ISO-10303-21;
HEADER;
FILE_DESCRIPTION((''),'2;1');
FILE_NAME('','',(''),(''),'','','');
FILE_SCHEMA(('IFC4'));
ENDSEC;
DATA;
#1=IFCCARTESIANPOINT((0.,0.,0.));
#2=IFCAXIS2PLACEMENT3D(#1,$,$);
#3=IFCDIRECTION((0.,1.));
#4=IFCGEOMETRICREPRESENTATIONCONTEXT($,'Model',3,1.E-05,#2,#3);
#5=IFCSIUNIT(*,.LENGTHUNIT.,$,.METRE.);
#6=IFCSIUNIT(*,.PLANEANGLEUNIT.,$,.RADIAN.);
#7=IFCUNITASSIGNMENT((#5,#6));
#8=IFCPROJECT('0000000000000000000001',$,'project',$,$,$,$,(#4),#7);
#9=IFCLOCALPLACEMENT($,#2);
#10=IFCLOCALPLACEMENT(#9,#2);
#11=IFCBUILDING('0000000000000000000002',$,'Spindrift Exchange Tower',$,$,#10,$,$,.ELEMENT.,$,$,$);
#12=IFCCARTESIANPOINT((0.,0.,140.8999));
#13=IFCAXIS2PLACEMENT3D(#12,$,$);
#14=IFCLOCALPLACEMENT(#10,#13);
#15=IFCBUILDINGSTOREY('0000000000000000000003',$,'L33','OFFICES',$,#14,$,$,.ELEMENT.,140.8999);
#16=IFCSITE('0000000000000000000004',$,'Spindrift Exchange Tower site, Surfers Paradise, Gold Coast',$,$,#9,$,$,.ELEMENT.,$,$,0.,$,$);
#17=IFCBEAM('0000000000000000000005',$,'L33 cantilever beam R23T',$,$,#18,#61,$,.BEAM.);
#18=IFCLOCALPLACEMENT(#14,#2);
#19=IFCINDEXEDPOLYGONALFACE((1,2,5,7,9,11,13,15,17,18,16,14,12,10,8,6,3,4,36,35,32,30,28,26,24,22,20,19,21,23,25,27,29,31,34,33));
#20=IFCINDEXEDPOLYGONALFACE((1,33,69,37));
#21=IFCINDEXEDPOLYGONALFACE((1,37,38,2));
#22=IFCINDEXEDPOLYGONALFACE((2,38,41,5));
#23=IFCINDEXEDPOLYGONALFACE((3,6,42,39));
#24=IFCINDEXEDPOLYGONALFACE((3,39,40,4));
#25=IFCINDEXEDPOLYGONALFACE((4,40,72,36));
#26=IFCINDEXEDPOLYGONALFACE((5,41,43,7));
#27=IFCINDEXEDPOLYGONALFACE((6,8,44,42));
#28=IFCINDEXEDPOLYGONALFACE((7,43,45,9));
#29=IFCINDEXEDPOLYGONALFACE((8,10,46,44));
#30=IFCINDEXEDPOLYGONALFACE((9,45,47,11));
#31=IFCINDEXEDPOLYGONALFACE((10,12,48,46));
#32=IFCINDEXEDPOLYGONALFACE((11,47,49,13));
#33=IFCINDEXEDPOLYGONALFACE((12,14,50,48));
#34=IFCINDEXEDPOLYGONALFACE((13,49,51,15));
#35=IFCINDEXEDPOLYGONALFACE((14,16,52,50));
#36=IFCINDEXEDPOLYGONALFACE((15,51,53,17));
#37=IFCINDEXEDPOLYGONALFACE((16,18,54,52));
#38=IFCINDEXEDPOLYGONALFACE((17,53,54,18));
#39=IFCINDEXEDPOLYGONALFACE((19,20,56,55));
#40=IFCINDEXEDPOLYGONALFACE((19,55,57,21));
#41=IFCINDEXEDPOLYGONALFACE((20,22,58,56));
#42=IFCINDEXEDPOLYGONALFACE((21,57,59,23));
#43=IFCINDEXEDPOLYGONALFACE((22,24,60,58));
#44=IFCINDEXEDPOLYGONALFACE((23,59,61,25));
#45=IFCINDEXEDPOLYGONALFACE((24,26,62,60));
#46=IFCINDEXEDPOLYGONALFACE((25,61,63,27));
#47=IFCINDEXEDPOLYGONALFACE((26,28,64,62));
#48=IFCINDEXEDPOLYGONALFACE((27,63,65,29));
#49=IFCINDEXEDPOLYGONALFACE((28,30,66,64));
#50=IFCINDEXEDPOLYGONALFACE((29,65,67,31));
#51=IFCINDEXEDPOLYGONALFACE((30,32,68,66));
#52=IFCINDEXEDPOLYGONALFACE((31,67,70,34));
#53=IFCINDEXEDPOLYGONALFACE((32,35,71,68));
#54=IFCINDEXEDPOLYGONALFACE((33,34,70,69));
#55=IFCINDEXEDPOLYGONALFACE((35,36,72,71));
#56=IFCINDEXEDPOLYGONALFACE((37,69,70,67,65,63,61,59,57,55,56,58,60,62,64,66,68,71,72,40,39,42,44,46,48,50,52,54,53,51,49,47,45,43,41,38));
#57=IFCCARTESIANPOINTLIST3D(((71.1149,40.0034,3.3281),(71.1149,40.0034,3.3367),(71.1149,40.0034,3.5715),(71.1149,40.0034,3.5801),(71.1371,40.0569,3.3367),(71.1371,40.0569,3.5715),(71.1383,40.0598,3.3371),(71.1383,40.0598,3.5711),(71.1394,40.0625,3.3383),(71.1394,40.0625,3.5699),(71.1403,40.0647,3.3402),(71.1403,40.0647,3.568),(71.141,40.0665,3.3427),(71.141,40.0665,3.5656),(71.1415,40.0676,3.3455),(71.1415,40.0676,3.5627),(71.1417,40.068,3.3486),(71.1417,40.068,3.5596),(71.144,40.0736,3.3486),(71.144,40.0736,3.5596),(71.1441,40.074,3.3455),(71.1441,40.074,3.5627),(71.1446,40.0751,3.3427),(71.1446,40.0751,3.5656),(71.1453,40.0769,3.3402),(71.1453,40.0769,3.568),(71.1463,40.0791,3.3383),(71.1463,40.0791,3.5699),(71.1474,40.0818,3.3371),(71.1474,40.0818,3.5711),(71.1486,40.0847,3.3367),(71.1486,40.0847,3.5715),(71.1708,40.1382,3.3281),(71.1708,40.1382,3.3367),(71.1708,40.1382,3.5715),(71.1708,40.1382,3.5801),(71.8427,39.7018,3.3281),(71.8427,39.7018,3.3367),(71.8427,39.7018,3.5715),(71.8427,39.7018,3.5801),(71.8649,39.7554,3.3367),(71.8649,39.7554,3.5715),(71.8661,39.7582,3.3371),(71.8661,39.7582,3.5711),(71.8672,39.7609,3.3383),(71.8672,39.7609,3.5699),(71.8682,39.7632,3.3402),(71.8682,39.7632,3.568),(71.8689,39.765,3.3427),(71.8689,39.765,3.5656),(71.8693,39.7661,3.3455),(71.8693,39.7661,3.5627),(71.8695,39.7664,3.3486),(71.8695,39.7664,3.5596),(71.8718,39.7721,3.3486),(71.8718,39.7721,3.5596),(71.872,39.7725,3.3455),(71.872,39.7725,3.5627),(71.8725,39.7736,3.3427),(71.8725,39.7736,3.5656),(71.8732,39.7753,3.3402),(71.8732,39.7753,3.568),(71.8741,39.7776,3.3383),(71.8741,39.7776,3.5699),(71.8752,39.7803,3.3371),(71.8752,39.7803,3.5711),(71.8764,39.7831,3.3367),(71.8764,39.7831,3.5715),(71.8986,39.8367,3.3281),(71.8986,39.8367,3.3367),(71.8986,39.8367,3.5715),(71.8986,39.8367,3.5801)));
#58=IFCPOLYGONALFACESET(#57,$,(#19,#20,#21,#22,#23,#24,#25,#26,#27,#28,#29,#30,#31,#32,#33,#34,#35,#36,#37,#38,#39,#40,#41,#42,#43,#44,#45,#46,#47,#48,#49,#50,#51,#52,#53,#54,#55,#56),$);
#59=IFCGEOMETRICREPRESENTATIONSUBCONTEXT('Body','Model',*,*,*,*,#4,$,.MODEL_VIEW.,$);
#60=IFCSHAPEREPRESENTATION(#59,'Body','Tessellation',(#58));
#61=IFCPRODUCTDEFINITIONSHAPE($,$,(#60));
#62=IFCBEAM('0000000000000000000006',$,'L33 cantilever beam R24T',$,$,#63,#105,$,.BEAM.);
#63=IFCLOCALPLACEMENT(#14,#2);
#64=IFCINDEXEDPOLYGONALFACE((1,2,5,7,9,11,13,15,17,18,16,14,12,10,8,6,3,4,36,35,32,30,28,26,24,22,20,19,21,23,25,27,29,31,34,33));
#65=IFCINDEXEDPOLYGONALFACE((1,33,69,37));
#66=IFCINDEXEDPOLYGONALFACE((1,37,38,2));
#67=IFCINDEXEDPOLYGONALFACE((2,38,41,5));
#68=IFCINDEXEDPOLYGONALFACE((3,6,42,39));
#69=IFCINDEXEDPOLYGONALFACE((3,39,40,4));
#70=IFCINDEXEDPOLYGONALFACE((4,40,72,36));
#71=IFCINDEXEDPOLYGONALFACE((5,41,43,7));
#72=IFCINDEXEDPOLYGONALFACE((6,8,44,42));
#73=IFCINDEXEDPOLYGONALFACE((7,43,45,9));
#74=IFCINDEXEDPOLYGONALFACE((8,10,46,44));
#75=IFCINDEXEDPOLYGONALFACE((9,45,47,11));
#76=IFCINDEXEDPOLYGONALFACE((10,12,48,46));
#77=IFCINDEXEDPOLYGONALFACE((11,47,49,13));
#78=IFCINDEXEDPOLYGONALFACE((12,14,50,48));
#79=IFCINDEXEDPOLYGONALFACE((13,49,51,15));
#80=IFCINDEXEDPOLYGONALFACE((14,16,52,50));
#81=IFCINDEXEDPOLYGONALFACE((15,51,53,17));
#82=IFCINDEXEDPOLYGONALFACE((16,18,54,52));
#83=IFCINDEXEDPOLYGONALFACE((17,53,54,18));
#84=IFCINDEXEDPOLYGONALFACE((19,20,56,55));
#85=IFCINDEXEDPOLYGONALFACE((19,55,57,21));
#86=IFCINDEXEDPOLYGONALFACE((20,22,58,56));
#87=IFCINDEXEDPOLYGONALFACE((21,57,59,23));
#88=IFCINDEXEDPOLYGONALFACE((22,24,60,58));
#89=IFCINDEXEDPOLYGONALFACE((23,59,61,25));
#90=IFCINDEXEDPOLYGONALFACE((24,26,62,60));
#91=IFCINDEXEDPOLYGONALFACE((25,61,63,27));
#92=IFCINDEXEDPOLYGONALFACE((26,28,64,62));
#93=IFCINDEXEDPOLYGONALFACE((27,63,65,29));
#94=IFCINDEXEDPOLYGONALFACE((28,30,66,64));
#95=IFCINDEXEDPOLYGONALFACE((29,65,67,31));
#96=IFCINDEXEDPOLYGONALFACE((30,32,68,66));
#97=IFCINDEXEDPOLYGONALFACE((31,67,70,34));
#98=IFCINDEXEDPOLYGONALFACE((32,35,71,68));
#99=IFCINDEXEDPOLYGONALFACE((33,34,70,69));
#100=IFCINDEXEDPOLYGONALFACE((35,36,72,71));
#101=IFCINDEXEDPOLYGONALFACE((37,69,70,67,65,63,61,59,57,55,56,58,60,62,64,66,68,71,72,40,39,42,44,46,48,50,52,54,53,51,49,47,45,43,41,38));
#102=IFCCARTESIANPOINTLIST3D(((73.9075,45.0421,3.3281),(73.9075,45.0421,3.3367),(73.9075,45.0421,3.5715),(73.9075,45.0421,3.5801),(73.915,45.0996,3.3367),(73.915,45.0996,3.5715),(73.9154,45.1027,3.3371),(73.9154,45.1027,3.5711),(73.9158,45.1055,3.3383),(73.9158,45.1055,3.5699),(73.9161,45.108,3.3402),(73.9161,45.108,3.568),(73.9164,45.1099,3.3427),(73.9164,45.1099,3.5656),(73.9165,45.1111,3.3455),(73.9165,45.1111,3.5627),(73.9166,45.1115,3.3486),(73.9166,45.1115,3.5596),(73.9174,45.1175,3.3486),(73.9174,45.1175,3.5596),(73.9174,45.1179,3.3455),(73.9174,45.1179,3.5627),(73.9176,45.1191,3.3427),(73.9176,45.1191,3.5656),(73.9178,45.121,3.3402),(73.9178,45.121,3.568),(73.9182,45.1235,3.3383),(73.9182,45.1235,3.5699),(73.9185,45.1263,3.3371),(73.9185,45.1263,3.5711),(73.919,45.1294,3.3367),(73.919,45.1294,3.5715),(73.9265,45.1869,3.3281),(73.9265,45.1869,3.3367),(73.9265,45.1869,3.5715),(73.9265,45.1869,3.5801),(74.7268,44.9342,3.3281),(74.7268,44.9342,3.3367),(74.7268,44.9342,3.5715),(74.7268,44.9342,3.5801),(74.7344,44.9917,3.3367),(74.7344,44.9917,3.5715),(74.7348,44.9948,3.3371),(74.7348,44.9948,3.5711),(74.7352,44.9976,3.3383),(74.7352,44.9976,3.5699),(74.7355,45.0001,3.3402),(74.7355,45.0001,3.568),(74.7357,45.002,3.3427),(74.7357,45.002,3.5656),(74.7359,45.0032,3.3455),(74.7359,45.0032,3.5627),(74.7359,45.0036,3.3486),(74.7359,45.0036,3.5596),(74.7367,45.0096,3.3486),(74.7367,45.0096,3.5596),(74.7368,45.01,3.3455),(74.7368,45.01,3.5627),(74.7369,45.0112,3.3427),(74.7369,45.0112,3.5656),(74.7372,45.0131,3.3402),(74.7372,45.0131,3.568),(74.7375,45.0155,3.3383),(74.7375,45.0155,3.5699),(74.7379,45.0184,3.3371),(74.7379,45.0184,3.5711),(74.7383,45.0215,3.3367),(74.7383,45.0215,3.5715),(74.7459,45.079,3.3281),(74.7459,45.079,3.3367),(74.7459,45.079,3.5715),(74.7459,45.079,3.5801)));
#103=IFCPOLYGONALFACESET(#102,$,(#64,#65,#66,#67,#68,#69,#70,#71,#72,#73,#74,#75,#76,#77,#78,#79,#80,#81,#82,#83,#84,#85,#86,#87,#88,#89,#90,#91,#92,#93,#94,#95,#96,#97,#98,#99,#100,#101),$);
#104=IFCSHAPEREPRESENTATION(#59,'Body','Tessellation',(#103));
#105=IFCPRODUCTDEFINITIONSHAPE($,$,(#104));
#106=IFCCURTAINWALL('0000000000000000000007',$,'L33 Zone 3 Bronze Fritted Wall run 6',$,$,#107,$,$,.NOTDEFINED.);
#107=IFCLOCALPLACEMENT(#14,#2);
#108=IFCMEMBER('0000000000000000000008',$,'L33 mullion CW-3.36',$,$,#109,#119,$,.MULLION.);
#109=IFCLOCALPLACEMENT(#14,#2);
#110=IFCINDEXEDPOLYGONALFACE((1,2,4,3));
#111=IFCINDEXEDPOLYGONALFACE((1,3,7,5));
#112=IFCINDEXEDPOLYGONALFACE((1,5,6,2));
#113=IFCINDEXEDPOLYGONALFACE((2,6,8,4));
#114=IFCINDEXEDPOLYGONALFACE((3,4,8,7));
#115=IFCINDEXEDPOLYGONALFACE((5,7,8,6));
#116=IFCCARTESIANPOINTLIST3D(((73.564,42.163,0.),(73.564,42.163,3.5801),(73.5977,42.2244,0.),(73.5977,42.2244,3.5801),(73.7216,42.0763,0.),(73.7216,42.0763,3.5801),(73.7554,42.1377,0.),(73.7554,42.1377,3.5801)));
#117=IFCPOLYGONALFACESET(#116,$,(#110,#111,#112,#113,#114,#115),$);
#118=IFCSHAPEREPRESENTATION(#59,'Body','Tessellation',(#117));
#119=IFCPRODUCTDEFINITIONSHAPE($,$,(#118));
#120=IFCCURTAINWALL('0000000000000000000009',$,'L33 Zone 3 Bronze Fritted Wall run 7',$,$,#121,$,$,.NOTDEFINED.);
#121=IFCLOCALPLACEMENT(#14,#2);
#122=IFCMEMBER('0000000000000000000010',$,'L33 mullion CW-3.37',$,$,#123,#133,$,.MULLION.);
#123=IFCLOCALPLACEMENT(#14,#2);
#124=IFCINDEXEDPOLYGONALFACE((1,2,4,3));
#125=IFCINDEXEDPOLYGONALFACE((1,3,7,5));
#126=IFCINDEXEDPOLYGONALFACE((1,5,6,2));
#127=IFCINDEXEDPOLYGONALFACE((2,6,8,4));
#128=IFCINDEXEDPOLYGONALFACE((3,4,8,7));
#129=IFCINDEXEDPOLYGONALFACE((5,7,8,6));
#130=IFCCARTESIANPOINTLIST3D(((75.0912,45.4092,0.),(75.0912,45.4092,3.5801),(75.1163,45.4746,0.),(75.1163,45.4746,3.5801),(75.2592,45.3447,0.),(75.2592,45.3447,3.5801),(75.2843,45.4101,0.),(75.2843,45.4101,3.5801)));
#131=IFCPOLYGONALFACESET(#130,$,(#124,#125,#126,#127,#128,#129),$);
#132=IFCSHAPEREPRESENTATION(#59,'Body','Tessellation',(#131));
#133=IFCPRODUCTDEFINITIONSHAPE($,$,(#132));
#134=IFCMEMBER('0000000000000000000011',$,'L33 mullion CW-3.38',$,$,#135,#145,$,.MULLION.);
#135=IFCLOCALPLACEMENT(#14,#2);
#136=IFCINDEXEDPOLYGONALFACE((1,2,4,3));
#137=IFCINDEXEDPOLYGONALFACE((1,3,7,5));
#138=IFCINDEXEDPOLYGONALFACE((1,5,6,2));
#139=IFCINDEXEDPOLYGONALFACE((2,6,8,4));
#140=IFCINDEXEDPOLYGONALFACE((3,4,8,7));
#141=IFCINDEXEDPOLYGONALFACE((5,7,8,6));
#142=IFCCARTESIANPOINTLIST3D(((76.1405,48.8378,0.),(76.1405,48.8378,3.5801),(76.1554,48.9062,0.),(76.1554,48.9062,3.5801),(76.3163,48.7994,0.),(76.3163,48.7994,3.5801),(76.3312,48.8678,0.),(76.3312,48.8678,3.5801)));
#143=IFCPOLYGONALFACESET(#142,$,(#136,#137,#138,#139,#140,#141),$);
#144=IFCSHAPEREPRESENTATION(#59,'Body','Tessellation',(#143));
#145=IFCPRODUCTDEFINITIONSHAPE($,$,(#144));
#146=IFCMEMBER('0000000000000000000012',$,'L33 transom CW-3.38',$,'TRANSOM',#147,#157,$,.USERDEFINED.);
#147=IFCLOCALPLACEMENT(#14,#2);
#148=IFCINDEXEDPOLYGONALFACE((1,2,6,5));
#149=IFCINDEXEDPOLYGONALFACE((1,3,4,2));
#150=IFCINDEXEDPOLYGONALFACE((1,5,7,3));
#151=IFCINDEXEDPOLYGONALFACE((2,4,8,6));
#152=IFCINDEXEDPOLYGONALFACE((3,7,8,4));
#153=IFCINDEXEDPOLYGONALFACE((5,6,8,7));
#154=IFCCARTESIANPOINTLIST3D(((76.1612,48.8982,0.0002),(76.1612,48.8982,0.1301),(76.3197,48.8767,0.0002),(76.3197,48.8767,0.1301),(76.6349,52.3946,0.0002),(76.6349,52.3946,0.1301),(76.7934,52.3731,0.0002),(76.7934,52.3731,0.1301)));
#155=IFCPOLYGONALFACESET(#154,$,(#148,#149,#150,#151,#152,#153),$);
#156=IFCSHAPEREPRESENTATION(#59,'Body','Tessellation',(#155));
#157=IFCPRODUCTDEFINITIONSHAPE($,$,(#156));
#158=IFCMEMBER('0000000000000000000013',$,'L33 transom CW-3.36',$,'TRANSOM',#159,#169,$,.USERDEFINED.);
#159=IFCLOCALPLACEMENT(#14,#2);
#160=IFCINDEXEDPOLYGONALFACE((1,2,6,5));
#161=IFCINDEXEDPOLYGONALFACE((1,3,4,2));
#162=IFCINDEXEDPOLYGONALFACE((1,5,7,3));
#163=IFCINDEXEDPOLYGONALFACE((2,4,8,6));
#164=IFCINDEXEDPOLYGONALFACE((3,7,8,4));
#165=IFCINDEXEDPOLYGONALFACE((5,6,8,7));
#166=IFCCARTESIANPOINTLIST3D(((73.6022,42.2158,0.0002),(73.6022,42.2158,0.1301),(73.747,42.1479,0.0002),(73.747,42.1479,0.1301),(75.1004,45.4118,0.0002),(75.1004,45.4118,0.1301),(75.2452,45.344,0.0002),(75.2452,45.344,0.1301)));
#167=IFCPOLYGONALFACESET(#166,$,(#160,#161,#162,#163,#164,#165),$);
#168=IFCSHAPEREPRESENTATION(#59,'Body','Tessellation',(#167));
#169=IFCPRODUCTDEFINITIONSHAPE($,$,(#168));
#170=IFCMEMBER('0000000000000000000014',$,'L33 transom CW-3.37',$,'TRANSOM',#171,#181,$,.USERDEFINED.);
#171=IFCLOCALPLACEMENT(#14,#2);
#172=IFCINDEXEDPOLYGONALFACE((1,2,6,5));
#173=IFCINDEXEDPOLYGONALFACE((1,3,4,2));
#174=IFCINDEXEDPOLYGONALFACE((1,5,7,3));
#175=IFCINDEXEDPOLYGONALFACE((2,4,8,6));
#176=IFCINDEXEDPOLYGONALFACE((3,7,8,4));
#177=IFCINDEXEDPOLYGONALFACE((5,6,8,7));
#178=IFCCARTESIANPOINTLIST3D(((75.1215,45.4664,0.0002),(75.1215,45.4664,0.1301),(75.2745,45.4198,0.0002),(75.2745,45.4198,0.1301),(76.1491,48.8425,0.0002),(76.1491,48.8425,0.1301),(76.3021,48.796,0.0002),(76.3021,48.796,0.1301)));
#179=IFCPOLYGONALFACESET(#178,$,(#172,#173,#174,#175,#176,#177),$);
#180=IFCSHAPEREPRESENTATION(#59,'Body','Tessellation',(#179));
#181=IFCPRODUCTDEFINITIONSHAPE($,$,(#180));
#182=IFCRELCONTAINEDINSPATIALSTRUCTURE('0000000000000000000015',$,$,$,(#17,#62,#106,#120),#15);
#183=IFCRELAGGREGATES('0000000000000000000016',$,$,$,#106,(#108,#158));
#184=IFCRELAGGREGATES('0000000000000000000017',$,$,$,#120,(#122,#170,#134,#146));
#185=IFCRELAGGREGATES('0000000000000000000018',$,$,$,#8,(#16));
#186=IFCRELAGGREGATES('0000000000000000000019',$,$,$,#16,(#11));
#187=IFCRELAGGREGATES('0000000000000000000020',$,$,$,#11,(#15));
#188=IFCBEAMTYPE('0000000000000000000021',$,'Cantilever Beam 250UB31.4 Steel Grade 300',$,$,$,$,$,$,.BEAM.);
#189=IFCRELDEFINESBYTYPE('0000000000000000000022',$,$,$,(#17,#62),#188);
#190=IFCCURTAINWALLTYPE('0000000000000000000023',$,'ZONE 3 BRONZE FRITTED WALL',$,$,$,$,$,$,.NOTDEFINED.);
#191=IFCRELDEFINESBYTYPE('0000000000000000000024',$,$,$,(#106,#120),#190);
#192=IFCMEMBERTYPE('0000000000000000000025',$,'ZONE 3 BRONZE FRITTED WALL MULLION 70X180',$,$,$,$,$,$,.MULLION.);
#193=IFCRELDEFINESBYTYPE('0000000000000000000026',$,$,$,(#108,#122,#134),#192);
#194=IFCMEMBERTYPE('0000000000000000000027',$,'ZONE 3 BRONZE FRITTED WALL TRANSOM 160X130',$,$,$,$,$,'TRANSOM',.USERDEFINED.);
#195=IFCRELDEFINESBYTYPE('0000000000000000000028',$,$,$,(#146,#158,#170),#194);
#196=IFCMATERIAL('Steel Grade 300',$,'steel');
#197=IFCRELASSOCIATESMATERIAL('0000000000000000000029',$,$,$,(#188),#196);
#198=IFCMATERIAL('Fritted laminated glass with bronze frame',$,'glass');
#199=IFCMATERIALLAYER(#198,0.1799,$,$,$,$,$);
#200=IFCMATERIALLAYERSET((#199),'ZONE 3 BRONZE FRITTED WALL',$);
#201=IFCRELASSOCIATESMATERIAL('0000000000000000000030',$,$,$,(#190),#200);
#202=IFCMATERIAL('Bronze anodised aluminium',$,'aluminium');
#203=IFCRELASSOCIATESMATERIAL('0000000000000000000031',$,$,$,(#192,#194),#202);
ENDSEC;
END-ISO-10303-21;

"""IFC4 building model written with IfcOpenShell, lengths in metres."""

from ifc_helpers import new_model, si_unit, direction, frame, origin, origin_2d, place, context, subcontext, project, spatial, rectangle, i_section, extrude, source, transform, mapped, material, layer, layer_set, material_profile, profile_set, type_object, element, aggregate, save


model = new_model("IFC4")

# Units and contexts
model_context = context("Model", 3, precision=1e-05, world=origin(), true_north=direction((0.0, 1.0)))
body_context = subcontext(model_context, "Body", "Model", "MODEL_VIEW")
ifc_project = project(units=[si_unit("LENGTHUNIT", "METRE"), si_unit("PLANEANGLEUNIT", "RADIAN")], contexts=[model_context])

# Site, building, storey
site_placement = place(None, origin())
site = spatial("IfcSite", under=ifc_project, at=site_placement, Name="Spindrift Exchange Tower site, Surfers Paradise, Gold Coast", CompositionType="ELEMENT", RefElevation=0.0)
building_placement = place(site_placement, origin())
building = spatial("IfcBuilding", under=site, at=building_placement, Name="Spindrift Exchange Tower", CompositionType="ELEMENT")
storey_placement = place(building_placement, frame((0.0, 0.0, 140.8999)))
storey = spatial("IfcBuildingStorey", under=building, at=storey_placement, Name="L33", Description="OFFICES", CompositionType="ELEMENT", Elevation=140.8999)

# Beams
ifc_material_1 = material(Name="Steel Grade 300", Category="steel")
ifc_material_profile_1 = material_profile(ifc_material_1, i_section(OverallWidth=0.146, OverallDepth=0.252, WebThickness=0.0061, FlangeThickness=0.0085, FilletRadius=0.012, at=origin_2d()), Name="250UB31.4")
ifc_profile_set_1 = profile_set([ifc_material_profile_1], Name="Steel Grade 300")
beam_type_1 = type_object("IfcBeamType", Name="Cantilever Beam 250UB31.4 Steel Grade 300", PredefinedType="BEAM", material=ifc_profile_set_1)
shared_shape_1 = source(origin(), body_context, "Body", "SweptSolid", [
    extrude(i_section(OverallWidth=0.146, OverallDepth=0.252, WebThickness=0.0061, FlangeThickness=0.0085, FilletRadius=0.012, at=origin_2d()), origin(), (0.0, 0.0, 1.0), 0.7878),
])
beam_1_placement = place(storey_placement, frame((71.1428, 40.0708, 3.4541), z_axis=(0.923854, -0.382744, 0.0), x_axis=(0.382744, 0.923854, 0.0)))
element("IfcBeam", 1, at=beam_1_placement, inside=storey, type_object=beam_type_1, Name="L33 cantilever beam R23T", PredefinedType="BEAM", context=body_context, shape_type="MappedRepresentation", body=[
    mapped(shared_shape_1, transform((0.0, 0.0, 0.0), scale=1.0)),
])
shared_shape_2 = source(origin(), body_context, "Body", "SweptSolid", [
    extrude(i_section(OverallWidth=0.146, OverallDepth=0.252, WebThickness=0.0061, FlangeThickness=0.0085, FilletRadius=0.012, at=origin_2d()), origin(), (0.0, 0.0, 1.0), 0.8264),
])
beam_2_placement = place(storey_placement, frame((73.917, 45.1145, 3.4541), z_axis=(0.991438, -0.130577, 0.0), x_axis=(0.130577, 0.991438, 0.0)))
element("IfcBeam", 2, at=beam_2_placement, inside=storey, type_object=beam_type_1, Name="L33 cantilever beam R24T", PredefinedType="BEAM", context=body_context, shape_type="MappedRepresentation", body=[
    mapped(shared_shape_2, transform((0.0, 0.0, 0.0), scale=1.0)),
])

# Curtain wall, member
ifc_material_2 = material(Name="Fritted laminated glass with bronze frame", Category="glass")
ifc_layer_1 = layer(ifc_material_2, 0.1799)
ifc_layer_set_1 = layer_set([ifc_layer_1], Name="ZONE 3 BRONZE FRITTED WALL")
curtain_wall_type = type_object("IfcCurtainWallType", Name="ZONE 3 BRONZE FRITTED WALL", PredefinedType="NOTDEFINED", material=ifc_layer_set_1)
curtain_wall_1_placement = place(storey_placement, origin())
curtain_wall_1 = element("IfcCurtainWall", 3, at=curtain_wall_1_placement, inside=storey, type_object=curtain_wall_type, Name="L33 Zone 3 Bronze Fritted Wall run 6", PredefinedType="NOTDEFINED")
ifc_material_3 = material(Name="Bronze anodised aluminium", Category="aluminium")
ifc_material_profile_2 = material_profile(ifc_material_3, rectangle(XDim=0.0701, YDim=0.1799, at=origin_2d()), Name="ZONE 3 BRONZE FRITTED WALL MULLION 70X180")
ifc_profile_set_2 = profile_set([ifc_material_profile_2], Name="Bronze anodised aluminium")
member_type_1 = type_object("IfcMemberType", Name="ZONE 3 BRONZE FRITTED WALL MULLION 70X180", PredefinedType="MULLION", material=ifc_profile_set_2)
shared_shape_3 = source(origin(), body_context, "Body", "SweptSolid", [
    extrude(rectangle(XDim=0.0701, YDim=0.1799, at=origin_2d()), origin(), (0.0, 0.0, 1.0), 3.5801),
])
member_1_placement = place(storey_placement, frame((73.6597, 42.1504, 0.0), z_axis=(0.0, 0.0, 1.0), x_axis=(0.481845, 0.876257, 0.0)))
member_1 = element("IfcMember", 4, at=member_1_placement, type_object=member_type_1, Name="L33 mullion CW-3.36", PredefinedType="MULLION", context=body_context, shape_type="MappedRepresentation", body=[
    mapped(shared_shape_3, transform((0.0, 0.0, 0.0), scale=1.0)),
])

# Curtain wall, members
curtain_wall_2_placement = place(storey_placement, origin())
curtain_wall_2 = element("IfcCurtainWall", 5, at=curtain_wall_2_placement, inside=storey, type_object=curtain_wall_type, Name="L33 Zone 3 Bronze Fritted Wall run 7", PredefinedType="NOTDEFINED")
member_2_placement = place(storey_placement, frame((75.1877, 45.4097, 0.0), z_axis=(0.0, 0.0, 1.0), x_axis=(0.35878, 0.933422, 0.0)))
member_2 = element("IfcMember", 6, at=member_2_placement, type_object=member_type_1, Name="L33 mullion CW-3.37", PredefinedType="MULLION", context=body_context, shape_type="MappedRepresentation", body=[
    mapped(shared_shape_3, transform((0.0, 0.0, 0.0), scale=1.0)),
])
member_3_placement = place(storey_placement, frame((76.2358, 48.8528, 0.0), z_axis=(0.0, 0.0, 1.0), x_axis=(0.2134, 0.976965, 0.0)))
member_3 = element("IfcMember", 7, at=member_3_placement, type_object=member_type_1, Name="L33 mullion CW-3.38", PredefinedType="MULLION", context=body_context, shape_type="MappedRepresentation", body=[
    mapped(shared_shape_3, transform((0.0, 0.0, 0.0), scale=1.0)),
])
ifc_material_profile_3 = material_profile(ifc_material_3, rectangle(XDim=0.1599, YDim=0.1299, at=origin_2d()), Name="ZONE 3 BRONZE FRITTED WALL TRANSOM 160X130")
ifc_profile_set_3 = profile_set([ifc_material_profile_3], Name="Bronze anodised aluminium")
member_type_2 = type_object("IfcMemberType", Name="ZONE 3 BRONZE FRITTED WALL TRANSOM 160X130", ElementType="TRANSOM", PredefinedType="USERDEFINED", material=ifc_profile_set_3)
shared_shape_4 = source(origin(), body_context, "Body", "SweptSolid", [
    extrude(rectangle(XDim=0.1599, YDim=0.1299, at=origin_2d()), origin(), (0.0, 0.0, 1.0), 3.5283),
])
member_4_placement = place(storey_placement, frame((76.2405, 48.8875, 0.0652), z_axis=(0.134239, 0.990949, 0.0), x_axis=(-0.990949, 0.134239, 0.0)))
member_4 = element("IfcMember", 8, at=member_4_placement, type_object=member_type_2, Name="L33 transom CW-3.38", ObjectType="TRANSOM", PredefinedType="USERDEFINED", context=body_context, shape_type="MappedRepresentation", body=[
    mapped(shared_shape_4, transform((0.0, 0.0, 0.0), scale=1.0)),
])

# Members
shared_shape_5 = source(origin(), body_context, "Body", "SweptSolid", [
    extrude(rectangle(XDim=0.1599, YDim=0.1299, at=origin_2d()), origin(), (0.0, 0.0, 1.0), 3.5298),
])
member_5_placement = place(storey_placement, frame((73.6746, 42.1819, 0.0652), z_axis=(0.424468, 0.905443, 0.0), x_axis=(-0.905443, 0.424468, 0.0)))
member_5 = element("IfcMember", 9, at=member_5_placement, type_object=member_type_2, Name="L33 transom CW-3.36", ObjectType="TRANSOM", PredefinedType="USERDEFINED", context=body_context, shape_type="MappedRepresentation", body=[
    mapped(shared_shape_5, transform((0.0, 0.0, 0.0), scale=1.0)),
])
shared_shape_6 = source(origin(), body_context, "Body", "SweptSolid", [
    extrude(rectangle(XDim=0.1599, YDim=0.1299, at=origin_2d()), origin(), (0.0, 0.0, 1.0), 3.5291),
])
member_6_placement = place(storey_placement, frame((75.198, 45.4431, 0.0652), z_axis=(0.291173, 0.956671, 0.0), x_axis=(-0.956671, 0.291173, 0.0)))
member_6 = element("IfcMember", 10, at=member_6_placement, type_object=member_type_2, Name="L33 transom CW-3.37", ObjectType="TRANSOM", PredefinedType="USERDEFINED", context=body_context, shape_type="MappedRepresentation", body=[
    mapped(shared_shape_6, transform((0.0, 0.0, 0.0), scale=1.0)),
])

aggregate(curtain_wall_1, [member_1, member_5])
aggregate(curtain_wall_2, [member_2, member_6, member_3, member_4])

save(model, "model.ifc")
